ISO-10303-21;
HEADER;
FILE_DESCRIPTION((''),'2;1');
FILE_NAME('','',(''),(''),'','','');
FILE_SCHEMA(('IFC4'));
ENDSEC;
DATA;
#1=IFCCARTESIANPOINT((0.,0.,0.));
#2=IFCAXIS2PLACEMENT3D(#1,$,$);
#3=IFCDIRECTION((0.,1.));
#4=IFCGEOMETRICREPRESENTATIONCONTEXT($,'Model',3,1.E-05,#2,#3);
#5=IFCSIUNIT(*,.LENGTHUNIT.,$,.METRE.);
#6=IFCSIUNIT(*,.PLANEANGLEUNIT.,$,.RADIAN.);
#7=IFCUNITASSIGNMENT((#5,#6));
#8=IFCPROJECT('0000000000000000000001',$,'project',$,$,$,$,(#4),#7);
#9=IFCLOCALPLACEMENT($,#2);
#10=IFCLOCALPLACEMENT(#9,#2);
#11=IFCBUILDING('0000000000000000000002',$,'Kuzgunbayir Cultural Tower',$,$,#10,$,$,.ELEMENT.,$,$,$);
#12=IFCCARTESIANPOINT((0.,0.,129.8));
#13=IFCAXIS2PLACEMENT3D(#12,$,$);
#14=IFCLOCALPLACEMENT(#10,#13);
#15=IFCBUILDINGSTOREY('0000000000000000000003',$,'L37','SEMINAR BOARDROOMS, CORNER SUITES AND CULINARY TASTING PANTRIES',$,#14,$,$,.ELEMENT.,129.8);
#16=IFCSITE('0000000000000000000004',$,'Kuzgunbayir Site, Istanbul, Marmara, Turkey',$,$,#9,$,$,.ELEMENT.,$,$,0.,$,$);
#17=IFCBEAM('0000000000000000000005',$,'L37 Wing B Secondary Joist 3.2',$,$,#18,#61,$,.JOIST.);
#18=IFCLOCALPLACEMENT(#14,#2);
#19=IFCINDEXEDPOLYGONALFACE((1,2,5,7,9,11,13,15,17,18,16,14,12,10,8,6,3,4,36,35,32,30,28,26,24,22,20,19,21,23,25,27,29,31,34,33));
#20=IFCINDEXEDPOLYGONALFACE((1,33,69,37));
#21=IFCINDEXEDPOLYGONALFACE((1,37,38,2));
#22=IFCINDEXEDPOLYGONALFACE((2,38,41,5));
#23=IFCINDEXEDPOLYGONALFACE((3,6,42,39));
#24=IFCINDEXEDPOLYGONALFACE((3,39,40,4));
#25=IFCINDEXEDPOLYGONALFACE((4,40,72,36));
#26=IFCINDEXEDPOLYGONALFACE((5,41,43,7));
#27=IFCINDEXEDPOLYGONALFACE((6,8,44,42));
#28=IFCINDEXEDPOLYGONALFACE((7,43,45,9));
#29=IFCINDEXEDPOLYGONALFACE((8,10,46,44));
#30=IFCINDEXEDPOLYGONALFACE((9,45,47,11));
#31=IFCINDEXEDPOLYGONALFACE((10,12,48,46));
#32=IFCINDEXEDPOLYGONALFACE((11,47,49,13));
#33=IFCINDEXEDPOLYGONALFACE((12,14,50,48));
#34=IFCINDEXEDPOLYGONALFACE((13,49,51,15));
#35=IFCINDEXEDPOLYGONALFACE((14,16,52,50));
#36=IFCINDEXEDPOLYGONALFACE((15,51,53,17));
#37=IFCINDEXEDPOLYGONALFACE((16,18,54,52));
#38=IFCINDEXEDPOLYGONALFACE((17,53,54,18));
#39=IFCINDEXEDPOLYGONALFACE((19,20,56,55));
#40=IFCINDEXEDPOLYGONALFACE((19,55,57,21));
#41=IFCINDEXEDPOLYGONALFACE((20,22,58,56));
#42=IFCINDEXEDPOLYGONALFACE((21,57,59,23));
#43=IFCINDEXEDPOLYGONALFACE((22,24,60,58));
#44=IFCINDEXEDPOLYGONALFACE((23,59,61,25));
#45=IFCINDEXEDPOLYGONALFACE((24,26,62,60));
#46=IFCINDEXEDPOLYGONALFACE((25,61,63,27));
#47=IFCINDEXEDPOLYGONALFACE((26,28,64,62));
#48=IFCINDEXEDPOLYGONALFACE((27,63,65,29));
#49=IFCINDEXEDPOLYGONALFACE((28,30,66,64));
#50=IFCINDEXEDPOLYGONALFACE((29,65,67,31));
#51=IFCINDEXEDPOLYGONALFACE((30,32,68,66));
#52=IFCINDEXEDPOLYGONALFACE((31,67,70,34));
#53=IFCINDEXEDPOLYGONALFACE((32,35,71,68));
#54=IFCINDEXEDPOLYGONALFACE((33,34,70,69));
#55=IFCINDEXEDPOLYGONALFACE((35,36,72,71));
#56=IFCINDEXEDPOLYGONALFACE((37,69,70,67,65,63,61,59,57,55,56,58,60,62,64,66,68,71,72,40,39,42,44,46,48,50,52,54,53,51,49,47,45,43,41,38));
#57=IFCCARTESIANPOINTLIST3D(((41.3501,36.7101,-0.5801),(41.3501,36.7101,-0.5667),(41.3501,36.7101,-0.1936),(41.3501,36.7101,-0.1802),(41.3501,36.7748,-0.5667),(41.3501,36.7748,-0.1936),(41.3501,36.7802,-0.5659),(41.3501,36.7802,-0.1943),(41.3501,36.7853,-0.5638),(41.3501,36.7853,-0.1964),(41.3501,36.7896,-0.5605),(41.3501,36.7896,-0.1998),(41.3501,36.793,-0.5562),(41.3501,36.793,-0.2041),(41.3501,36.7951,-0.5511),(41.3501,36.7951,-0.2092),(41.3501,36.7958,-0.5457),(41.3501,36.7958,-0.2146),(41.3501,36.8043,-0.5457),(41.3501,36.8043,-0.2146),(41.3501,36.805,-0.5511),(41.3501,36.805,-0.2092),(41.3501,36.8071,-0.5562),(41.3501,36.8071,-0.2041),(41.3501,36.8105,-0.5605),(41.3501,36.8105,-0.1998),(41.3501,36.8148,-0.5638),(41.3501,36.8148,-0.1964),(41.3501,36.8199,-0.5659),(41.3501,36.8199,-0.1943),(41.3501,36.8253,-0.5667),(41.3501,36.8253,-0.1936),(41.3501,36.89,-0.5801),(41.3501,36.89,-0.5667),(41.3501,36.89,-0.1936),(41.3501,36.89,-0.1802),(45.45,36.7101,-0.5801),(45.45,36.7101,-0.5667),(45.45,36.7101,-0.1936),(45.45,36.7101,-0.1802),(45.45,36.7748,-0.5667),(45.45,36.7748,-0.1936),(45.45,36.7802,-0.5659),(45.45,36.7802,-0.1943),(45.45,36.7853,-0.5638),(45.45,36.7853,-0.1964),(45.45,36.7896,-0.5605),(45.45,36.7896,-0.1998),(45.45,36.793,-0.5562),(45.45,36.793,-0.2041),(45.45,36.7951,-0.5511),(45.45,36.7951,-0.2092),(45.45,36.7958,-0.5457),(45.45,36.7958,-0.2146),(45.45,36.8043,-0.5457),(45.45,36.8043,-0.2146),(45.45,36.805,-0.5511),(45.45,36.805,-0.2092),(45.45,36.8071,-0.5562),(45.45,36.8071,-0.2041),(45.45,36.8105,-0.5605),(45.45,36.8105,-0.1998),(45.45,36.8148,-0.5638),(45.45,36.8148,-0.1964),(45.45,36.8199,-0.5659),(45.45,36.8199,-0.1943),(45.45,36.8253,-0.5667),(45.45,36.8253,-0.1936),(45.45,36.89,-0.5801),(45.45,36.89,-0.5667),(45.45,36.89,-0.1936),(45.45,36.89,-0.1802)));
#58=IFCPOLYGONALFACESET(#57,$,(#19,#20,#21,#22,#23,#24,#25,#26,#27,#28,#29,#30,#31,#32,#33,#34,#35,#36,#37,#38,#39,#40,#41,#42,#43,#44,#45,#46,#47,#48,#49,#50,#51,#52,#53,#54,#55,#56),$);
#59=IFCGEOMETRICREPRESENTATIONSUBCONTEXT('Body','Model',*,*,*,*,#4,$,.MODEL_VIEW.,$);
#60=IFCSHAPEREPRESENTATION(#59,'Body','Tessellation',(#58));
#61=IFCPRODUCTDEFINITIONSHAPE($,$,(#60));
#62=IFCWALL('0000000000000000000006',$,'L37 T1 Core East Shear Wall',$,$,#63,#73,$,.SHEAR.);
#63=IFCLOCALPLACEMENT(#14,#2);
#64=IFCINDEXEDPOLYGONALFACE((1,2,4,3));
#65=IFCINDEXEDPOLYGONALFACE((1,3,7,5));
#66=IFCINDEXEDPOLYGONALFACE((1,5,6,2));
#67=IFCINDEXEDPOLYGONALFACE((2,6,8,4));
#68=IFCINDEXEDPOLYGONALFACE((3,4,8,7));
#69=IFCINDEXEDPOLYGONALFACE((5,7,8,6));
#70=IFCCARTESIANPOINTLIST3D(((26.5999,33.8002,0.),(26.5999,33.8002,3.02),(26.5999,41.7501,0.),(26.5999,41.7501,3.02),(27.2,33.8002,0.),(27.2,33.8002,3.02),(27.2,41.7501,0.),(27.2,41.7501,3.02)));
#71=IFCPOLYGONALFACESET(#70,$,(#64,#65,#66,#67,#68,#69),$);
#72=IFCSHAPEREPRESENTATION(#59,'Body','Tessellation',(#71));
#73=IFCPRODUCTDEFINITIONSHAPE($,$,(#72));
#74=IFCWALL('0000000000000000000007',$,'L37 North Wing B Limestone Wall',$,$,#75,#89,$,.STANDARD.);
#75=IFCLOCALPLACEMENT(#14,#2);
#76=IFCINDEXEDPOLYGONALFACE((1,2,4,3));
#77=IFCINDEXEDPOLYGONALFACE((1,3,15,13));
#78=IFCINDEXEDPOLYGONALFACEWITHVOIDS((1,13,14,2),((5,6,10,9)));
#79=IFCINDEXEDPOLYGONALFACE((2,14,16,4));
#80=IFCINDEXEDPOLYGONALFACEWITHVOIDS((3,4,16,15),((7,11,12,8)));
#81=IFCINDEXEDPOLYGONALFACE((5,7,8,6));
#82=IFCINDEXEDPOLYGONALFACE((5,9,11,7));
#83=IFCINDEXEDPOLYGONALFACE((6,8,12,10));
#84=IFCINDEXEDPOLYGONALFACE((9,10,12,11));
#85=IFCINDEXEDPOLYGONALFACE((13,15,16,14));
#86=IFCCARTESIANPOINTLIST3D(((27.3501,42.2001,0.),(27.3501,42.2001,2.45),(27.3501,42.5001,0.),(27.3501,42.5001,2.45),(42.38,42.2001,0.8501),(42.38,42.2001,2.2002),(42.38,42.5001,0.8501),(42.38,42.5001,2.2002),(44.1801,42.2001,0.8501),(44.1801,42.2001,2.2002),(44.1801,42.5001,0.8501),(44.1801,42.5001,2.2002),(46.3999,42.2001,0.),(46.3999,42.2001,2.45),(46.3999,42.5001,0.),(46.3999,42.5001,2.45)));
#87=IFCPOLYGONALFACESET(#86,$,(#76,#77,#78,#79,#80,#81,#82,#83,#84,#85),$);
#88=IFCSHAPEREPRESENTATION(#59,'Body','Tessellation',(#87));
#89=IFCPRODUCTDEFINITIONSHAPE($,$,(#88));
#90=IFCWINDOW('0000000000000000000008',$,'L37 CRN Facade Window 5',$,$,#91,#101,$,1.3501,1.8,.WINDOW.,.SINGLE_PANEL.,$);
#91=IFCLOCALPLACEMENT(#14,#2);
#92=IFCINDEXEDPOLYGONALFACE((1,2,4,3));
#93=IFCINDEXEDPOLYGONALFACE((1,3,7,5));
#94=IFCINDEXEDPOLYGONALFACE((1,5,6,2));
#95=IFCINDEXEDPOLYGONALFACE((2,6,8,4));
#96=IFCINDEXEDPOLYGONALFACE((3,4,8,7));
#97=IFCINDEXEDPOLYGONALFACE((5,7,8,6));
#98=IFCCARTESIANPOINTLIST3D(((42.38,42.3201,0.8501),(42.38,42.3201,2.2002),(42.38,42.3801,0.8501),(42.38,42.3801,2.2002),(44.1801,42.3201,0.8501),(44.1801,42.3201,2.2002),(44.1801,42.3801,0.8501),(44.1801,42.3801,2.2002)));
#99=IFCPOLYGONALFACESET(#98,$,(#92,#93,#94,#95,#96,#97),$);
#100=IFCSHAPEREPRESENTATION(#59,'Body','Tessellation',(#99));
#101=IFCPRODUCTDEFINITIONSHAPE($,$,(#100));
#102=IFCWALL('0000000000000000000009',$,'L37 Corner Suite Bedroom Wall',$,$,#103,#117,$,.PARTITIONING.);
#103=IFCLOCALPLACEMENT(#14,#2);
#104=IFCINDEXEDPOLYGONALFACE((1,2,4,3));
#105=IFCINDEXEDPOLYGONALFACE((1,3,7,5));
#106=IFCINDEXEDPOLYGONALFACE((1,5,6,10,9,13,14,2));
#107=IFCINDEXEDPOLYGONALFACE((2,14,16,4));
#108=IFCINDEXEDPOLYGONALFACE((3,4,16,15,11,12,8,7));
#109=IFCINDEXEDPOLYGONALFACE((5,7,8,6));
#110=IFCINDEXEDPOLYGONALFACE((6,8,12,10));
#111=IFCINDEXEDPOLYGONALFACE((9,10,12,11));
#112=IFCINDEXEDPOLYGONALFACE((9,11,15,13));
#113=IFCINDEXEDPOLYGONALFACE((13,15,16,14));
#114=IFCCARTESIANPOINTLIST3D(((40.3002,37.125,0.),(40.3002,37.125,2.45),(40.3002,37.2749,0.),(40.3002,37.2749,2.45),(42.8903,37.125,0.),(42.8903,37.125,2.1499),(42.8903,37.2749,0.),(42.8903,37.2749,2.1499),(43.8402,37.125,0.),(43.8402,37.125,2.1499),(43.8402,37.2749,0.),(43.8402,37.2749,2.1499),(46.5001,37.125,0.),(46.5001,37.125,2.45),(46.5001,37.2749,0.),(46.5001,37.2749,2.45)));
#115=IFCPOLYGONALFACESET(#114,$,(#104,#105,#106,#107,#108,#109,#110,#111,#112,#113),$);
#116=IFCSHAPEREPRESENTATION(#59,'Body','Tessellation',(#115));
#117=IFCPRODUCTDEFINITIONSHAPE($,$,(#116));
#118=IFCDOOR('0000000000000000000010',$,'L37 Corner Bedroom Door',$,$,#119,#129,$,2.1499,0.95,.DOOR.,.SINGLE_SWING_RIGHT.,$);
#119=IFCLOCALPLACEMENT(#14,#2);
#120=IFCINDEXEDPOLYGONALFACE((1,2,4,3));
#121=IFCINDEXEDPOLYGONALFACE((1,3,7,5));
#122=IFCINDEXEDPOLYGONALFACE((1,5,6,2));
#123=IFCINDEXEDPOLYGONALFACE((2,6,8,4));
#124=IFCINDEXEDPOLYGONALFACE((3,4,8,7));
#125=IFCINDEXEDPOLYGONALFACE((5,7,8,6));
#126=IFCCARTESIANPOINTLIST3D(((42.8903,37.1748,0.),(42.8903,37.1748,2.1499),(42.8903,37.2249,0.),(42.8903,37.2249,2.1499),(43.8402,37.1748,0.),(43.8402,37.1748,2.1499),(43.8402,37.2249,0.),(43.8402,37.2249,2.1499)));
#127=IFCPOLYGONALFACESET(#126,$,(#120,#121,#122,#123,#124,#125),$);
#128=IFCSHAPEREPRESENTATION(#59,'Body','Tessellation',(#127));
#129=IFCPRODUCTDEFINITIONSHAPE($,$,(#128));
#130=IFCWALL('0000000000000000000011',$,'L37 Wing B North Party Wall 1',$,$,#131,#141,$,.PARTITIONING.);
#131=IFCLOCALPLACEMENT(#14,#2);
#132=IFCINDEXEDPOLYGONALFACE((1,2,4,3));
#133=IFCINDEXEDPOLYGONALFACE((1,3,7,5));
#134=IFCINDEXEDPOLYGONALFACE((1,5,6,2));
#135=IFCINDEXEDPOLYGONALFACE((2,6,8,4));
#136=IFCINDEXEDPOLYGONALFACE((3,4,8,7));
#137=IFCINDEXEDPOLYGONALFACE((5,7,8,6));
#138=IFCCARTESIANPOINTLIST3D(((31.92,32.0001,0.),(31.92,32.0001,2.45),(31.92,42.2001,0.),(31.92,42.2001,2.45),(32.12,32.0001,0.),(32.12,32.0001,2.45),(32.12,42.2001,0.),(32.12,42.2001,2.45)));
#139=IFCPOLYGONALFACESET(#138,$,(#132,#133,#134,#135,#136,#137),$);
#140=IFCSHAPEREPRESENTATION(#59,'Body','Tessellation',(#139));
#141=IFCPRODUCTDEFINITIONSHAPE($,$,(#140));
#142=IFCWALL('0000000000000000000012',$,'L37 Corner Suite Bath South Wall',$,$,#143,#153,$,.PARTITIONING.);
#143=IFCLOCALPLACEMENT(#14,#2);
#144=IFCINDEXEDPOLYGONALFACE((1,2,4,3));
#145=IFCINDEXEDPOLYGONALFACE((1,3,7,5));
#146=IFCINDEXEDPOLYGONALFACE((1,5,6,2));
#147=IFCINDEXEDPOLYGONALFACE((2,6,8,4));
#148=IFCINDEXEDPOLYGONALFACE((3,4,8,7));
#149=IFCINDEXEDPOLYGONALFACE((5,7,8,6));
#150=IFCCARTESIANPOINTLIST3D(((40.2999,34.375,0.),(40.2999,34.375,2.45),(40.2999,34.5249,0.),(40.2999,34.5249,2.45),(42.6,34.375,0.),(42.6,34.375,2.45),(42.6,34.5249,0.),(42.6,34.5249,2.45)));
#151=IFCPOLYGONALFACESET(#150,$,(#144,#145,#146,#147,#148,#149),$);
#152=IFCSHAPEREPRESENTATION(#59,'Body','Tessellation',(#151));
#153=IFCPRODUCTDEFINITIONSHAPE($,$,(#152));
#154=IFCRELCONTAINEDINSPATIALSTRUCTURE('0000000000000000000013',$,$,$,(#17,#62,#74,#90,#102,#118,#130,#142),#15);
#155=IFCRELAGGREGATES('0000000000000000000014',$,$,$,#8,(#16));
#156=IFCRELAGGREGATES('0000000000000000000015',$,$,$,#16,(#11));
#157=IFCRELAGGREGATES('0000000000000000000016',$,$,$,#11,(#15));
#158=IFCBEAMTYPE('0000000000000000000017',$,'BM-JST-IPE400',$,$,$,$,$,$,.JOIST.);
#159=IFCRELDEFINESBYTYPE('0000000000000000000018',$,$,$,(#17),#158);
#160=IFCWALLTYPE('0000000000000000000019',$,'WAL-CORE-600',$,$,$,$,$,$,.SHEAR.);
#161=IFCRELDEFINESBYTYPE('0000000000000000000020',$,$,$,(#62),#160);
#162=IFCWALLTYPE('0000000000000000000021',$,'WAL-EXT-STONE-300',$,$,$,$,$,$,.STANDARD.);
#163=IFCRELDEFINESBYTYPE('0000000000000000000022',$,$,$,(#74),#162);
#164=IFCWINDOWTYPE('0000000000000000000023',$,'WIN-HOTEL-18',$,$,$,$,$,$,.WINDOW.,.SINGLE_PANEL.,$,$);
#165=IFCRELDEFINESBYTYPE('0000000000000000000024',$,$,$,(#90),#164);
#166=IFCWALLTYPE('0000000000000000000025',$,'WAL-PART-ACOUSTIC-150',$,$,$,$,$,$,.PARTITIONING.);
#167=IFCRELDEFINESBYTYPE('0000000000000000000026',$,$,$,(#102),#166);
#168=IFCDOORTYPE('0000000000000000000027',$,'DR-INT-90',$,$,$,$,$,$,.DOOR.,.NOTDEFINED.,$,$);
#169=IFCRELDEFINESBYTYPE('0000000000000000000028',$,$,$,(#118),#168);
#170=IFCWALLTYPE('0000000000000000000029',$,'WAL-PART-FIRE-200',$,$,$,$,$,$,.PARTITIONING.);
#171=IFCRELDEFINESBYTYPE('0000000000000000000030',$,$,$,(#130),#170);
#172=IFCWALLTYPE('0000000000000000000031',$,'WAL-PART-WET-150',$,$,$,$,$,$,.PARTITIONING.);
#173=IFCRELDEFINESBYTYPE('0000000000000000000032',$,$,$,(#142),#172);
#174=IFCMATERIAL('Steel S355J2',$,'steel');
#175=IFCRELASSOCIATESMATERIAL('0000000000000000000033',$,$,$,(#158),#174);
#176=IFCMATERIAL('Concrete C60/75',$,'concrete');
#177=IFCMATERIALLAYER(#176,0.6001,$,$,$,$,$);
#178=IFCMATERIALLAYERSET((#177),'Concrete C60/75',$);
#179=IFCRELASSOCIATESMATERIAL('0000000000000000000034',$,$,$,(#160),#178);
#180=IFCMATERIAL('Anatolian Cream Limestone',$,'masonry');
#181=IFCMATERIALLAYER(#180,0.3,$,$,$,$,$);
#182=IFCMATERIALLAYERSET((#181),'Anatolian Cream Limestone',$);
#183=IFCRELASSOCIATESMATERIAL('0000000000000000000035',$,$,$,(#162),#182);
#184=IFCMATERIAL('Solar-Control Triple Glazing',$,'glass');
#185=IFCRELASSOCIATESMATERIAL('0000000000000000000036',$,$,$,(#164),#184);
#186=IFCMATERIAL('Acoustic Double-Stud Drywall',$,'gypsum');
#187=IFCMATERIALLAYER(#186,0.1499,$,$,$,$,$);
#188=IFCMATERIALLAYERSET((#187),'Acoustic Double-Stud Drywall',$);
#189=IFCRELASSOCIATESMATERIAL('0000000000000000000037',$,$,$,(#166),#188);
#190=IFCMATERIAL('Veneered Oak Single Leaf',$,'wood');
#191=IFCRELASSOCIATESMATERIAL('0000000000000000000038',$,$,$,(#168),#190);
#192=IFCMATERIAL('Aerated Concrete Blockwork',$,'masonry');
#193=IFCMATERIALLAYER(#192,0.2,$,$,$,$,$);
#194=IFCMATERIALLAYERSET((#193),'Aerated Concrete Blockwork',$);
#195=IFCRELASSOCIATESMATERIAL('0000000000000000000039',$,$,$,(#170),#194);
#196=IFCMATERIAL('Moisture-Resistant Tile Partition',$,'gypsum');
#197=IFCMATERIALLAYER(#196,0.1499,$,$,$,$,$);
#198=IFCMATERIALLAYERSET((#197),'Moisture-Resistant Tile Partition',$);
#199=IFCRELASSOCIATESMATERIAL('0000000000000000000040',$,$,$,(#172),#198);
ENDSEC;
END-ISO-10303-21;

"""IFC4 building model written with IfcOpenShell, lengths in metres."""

from ifc_helpers import new_model, si_unit, direction, frame, frame_2d, origin, origin_2d, place, context, subcontext, project, spatial, rectangle, i_section, extrude, material, layer, layer_set, material_profile, profile_set, type_object, element, fill, save


model = new_model("IFC4")

# Units and contexts
model_context = context("Model", 3, precision=1e-05, world=origin(), true_north=direction((0.0, 1.0)))
body_context = subcontext(model_context, "Body", "Model", "MODEL_VIEW")
ifc_project = project(units=[si_unit("LENGTHUNIT", "METRE"), si_unit("PLANEANGLEUNIT", "RADIAN")], contexts=[model_context])

# Site, building, storey
site_placement = place(None, origin())
site = spatial("IfcSite", under=ifc_project, at=site_placement, Name="Kuzgunbayir Site, Istanbul, Marmara, Turkey", CompositionType="ELEMENT", RefElevation=0.0)
building_placement = place(site_placement, origin())
building = spatial("IfcBuilding", under=site, at=building_placement, Name="Kuzgunbayir Cultural Tower", CompositionType="ELEMENT")
storey_placement = place(building_placement, frame((0.0, 0.0, 129.8)))
storey = spatial("IfcBuildingStorey", under=building, at=storey_placement, Name="L37", Description="SEMINAR BOARDROOMS, CORNER SUITES AND CULINARY TASTING PANTRIES", CompositionType="ELEMENT", Elevation=129.8)

# Beam
ifc_material_1 = material(Name="Steel S355J2", Category="steel")
ifc_material_profile_1 = material_profile(ifc_material_1, i_section(OverallWidth=0.1799, OverallDepth=0.3999, WebThickness=0.0085, FlangeThickness=0.0134, FilletRadius=0.021, at=origin_2d()), Name="IPE 400")
ifc_profile_set_1 = profile_set([ifc_material_profile_1], Name="Steel S355J2")
beam_type_1 = type_object("IfcBeamType", Name="BM-JST-IPE400", PredefinedType="JOIST", material=ifc_profile_set_1)
for number, where, z_axis, x_axis, name in (
    (1, (41.3501, 36.8, -0.3801), (1.0, 0.0, 0.0), (0.0, 1.0, 0.0), "L37 Wing B Secondary Joist 3.2"),
):
    element("IfcBeam", number, at=place(storey_placement, frame(where, z_axis=z_axis, x_axis=x_axis)), inside=storey, type_object=beam_type_1, Name=name, PredefinedType="JOIST", context=body_context, shape_type="SweptSolid", body=[
        extrude(i_section(OverallWidth=0.1799, OverallDepth=0.3999, WebThickness=0.0085, FlangeThickness=0.0134, FilletRadius=0.021, at=origin_2d()), origin(), (0.0, 0.0, 1.0), 4.0999),
    ])

# Wall
ifc_material_2 = material(Name="Concrete C60/75", Category="concrete")
ifc_layer_1 = layer(ifc_material_2, 0.6001)
ifc_layer_set_1 = layer_set([ifc_layer_1], Name="Concrete C60/75")
wall_type_1 = type_object("IfcWallType", Name="WAL-CORE-600", PredefinedType="SHEAR", material=ifc_layer_set_1)
wall_1_placement = place(storey_placement, frame((26.8999, 33.8, 0.0), z_axis=(0.0, 0.0, 1.0), x_axis=(0.0, 1.0, 0.0)))
element("IfcWall", 2, at=wall_1_placement, inside=storey, type_object=wall_type_1, Name="L37 T1 Core East Shear Wall", PredefinedType="SHEAR", context=body_context, shape_type="SweptSolid", body=[
    extrude(rectangle(XDim=7.95, YDim=0.6001, at=frame_2d((3.9751, 0.0))), origin(), (0.0, 0.0, 1.0), 3.02),
])

# Wall, opening, window
ifc_material_3 = material(Name="Anatolian Cream Limestone", Category="masonry")
ifc_layer_2 = layer(ifc_material_3, 0.3)
ifc_layer_set_2 = layer_set([ifc_layer_2], Name="Anatolian Cream Limestone")
wall_type_2 = type_object("IfcWallType", Name="WAL-EXT-STONE-300", PredefinedType="STANDARD", material=ifc_layer_set_2)
wall_2_placement = place(storey_placement, frame((46.3999, 42.3501, 0.0), z_axis=(0.0, 0.0, 1.0), x_axis=(-1.0, 0.0, 0.0)))
wall_2 = element("IfcWall", 3, at=wall_2_placement, inside=storey, type_object=wall_type_2, Name="L37 North Wing B Limestone Wall", PredefinedType="STANDARD", context=body_context, shape_type="SweptSolid", body=[
    extrude(rectangle(XDim=19.0498, YDim=0.3, at=frame_2d((9.5249, 0.0))), origin(), (0.0, 0.0, 1.0), 2.45),
])
opening_1_placement = place(wall_2_placement, frame((2.22, 0.0, 0.8501)))
opening_1 = element("IfcOpeningElement", 4, at=opening_1_placement, cuts=wall_2, PredefinedType="OPENING", context=body_context, shape_type="SweptSolid", body=[
    extrude(rectangle(XDim=1.8, YDim=1.3501, at=frame_2d((0.8999, 0.675))), frame((0.0, 0.1602, 0.0), z_axis=(0.0, -1.0, 0.0), x_axis=(1.0, 0.0, 0.0)), (0.0, 0.0, 1.0), 0.3201),
])
ifc_material_4 = material(Name="Solar-Control Triple Glazing", Category="glass")
window_type = type_object("IfcWindowType", Name="WIN-HOTEL-18", PartitioningType="SINGLE_PANEL", PredefinedType="WINDOW", material=ifc_material_4)
window_placement = place(opening_1_placement, origin())
window = element("IfcWindow", 5, at=window_placement, inside=storey, type_object=window_type, Name="L37 CRN Facade Window 5", OverallHeight=1.3501, OverallWidth=1.8, PartitioningType="SINGLE_PANEL", PredefinedType="WINDOW", context=body_context, shape_type="SweptSolid", body=[
    extrude(rectangle(XDim=1.8, YDim=1.3501, at=frame_2d((0.8999, 0.675))), frame((0.0, 0.03, 0.0), z_axis=(0.0, -1.0, 0.0), x_axis=(1.0, 0.0, 0.0)), (0.0, 0.0, 1.0), 0.0601),
])
fill(opening_1, window)

# Wall, opening, door
ifc_material_5 = material(Name="Acoustic Double-Stud Drywall", Category="gypsum")
ifc_layer_3 = layer(ifc_material_5, 0.1499)
ifc_layer_set_3 = layer_set([ifc_layer_3], Name="Acoustic Double-Stud Drywall")
wall_type_3 = type_object("IfcWallType", Name="WAL-PART-ACOUSTIC-150", PredefinedType="PARTITIONING", material=ifc_layer_set_3)
wall_3_placement = place(storey_placement, frame((40.3, 37.2, 0.0), z_axis=(0.0, 0.0, 1.0), x_axis=(1.0, 0.0, 0.0)))
wall_3 = element("IfcWall", 6, at=wall_3_placement, inside=storey, type_object=wall_type_3, Name="L37 Corner Suite Bedroom Wall", PredefinedType="PARTITIONING", context=body_context, shape_type="SweptSolid", body=[
    extrude(rectangle(XDim=6.2, YDim=0.1499, at=frame_2d((3.1001, 0.0))), origin(), (0.0, 0.0, 1.0), 2.45),
])
opening_2_placement = place(wall_3_placement, frame((2.5901, 0.0, 0.0)))
opening_2 = element("IfcOpeningElement", 7, at=opening_2_placement, cuts=wall_3, PredefinedType="OPENING", context=body_context, shape_type="SweptSolid", body=[
    extrude(rectangle(XDim=0.95, YDim=2.1499, at=frame_2d((0.4751, 1.075))), frame((0.0, 0.085, 0.0), z_axis=(0.0, -1.0, 0.0), x_axis=(1.0, 0.0, 0.0)), (0.0, 0.0, 1.0), 0.1699),
])
ifc_material_6 = material(Name="Veneered Oak Single Leaf", Category="wood")
door_type_1 = type_object("IfcDoorType", Name="DR-INT-90", OperationType="NOTDEFINED", PredefinedType="DOOR", material=ifc_material_6)
door_1_placement = place(opening_2_placement, origin())
door_1 = element("IfcDoor", 8, at=door_1_placement, inside=storey, type_object=door_type_1, Name="L37 Corner Bedroom Door", OperationType="SINGLE_SWING_RIGHT", OverallHeight=2.1499, OverallWidth=0.95, PredefinedType="DOOR", context=body_context, shape_type="SweptSolid", body=[
    extrude(rectangle(XDim=0.95, YDim=2.1499, at=frame_2d((0.4751, 1.075))), frame((0.0, 0.0249, 0.0), z_axis=(0.0, -1.0, 0.0), x_axis=(1.0, 0.0, 0.0)), (0.0, 0.0, 1.0), 0.05),
])
fill(opening_2, door_1)

# Walls
ifc_material_7 = material(Name="Aerated Concrete Blockwork", Category="masonry")
ifc_layer_4 = layer(ifc_material_7, 0.2)
ifc_layer_set_4 = layer_set([ifc_layer_4], Name="Aerated Concrete Blockwork")
wall_type_4 = type_object("IfcWallType", Name="WAL-PART-FIRE-200", PredefinedType="PARTITIONING", material=ifc_layer_set_4)
wall_4_placement = place(storey_placement, frame((32.02, 32.0, 0.0), z_axis=(0.0, 0.0, 1.0), x_axis=(0.0, 1.0, 0.0)))
element("IfcWall", 9, at=wall_4_placement, inside=storey, type_object=wall_type_4, Name="L37 Wing B North Party Wall 1", PredefinedType="PARTITIONING", context=body_context, shape_type="SweptSolid", body=[
    extrude(rectangle(XDim=10.2, YDim=0.2, at=frame_2d((5.1001, 0.0))), origin(), (0.0, 0.0, 1.0), 2.45),
])
ifc_material_8 = material(Name="Moisture-Resistant Tile Partition", Category="gypsum")
ifc_layer_5 = layer(ifc_material_8, 0.1499)
ifc_layer_set_5 = layer_set([ifc_layer_5], Name="Moisture-Resistant Tile Partition")
wall_type_5 = type_object("IfcWallType", Name="WAL-PART-WET-150", PredefinedType="PARTITIONING", material=ifc_layer_set_5)
wall_5_placement = place(storey_placement, frame((40.3, 34.45, 0.0), z_axis=(0.0, 0.0, 1.0), x_axis=(1.0, 0.0, 0.0)))
element("IfcWall", 10, at=wall_5_placement, inside=storey, type_object=wall_type_5, Name="L37 Corner Suite Bath South Wall", PredefinedType="PARTITIONING", context=body_context, shape_type="SweptSolid", body=[
    extrude(rectangle(XDim=2.3, YDim=0.1499, at=frame_2d((1.1499, 0.0))), origin(), (0.0, 0.0, 1.0), 2.45),
])

save(model, "model.ifc")
